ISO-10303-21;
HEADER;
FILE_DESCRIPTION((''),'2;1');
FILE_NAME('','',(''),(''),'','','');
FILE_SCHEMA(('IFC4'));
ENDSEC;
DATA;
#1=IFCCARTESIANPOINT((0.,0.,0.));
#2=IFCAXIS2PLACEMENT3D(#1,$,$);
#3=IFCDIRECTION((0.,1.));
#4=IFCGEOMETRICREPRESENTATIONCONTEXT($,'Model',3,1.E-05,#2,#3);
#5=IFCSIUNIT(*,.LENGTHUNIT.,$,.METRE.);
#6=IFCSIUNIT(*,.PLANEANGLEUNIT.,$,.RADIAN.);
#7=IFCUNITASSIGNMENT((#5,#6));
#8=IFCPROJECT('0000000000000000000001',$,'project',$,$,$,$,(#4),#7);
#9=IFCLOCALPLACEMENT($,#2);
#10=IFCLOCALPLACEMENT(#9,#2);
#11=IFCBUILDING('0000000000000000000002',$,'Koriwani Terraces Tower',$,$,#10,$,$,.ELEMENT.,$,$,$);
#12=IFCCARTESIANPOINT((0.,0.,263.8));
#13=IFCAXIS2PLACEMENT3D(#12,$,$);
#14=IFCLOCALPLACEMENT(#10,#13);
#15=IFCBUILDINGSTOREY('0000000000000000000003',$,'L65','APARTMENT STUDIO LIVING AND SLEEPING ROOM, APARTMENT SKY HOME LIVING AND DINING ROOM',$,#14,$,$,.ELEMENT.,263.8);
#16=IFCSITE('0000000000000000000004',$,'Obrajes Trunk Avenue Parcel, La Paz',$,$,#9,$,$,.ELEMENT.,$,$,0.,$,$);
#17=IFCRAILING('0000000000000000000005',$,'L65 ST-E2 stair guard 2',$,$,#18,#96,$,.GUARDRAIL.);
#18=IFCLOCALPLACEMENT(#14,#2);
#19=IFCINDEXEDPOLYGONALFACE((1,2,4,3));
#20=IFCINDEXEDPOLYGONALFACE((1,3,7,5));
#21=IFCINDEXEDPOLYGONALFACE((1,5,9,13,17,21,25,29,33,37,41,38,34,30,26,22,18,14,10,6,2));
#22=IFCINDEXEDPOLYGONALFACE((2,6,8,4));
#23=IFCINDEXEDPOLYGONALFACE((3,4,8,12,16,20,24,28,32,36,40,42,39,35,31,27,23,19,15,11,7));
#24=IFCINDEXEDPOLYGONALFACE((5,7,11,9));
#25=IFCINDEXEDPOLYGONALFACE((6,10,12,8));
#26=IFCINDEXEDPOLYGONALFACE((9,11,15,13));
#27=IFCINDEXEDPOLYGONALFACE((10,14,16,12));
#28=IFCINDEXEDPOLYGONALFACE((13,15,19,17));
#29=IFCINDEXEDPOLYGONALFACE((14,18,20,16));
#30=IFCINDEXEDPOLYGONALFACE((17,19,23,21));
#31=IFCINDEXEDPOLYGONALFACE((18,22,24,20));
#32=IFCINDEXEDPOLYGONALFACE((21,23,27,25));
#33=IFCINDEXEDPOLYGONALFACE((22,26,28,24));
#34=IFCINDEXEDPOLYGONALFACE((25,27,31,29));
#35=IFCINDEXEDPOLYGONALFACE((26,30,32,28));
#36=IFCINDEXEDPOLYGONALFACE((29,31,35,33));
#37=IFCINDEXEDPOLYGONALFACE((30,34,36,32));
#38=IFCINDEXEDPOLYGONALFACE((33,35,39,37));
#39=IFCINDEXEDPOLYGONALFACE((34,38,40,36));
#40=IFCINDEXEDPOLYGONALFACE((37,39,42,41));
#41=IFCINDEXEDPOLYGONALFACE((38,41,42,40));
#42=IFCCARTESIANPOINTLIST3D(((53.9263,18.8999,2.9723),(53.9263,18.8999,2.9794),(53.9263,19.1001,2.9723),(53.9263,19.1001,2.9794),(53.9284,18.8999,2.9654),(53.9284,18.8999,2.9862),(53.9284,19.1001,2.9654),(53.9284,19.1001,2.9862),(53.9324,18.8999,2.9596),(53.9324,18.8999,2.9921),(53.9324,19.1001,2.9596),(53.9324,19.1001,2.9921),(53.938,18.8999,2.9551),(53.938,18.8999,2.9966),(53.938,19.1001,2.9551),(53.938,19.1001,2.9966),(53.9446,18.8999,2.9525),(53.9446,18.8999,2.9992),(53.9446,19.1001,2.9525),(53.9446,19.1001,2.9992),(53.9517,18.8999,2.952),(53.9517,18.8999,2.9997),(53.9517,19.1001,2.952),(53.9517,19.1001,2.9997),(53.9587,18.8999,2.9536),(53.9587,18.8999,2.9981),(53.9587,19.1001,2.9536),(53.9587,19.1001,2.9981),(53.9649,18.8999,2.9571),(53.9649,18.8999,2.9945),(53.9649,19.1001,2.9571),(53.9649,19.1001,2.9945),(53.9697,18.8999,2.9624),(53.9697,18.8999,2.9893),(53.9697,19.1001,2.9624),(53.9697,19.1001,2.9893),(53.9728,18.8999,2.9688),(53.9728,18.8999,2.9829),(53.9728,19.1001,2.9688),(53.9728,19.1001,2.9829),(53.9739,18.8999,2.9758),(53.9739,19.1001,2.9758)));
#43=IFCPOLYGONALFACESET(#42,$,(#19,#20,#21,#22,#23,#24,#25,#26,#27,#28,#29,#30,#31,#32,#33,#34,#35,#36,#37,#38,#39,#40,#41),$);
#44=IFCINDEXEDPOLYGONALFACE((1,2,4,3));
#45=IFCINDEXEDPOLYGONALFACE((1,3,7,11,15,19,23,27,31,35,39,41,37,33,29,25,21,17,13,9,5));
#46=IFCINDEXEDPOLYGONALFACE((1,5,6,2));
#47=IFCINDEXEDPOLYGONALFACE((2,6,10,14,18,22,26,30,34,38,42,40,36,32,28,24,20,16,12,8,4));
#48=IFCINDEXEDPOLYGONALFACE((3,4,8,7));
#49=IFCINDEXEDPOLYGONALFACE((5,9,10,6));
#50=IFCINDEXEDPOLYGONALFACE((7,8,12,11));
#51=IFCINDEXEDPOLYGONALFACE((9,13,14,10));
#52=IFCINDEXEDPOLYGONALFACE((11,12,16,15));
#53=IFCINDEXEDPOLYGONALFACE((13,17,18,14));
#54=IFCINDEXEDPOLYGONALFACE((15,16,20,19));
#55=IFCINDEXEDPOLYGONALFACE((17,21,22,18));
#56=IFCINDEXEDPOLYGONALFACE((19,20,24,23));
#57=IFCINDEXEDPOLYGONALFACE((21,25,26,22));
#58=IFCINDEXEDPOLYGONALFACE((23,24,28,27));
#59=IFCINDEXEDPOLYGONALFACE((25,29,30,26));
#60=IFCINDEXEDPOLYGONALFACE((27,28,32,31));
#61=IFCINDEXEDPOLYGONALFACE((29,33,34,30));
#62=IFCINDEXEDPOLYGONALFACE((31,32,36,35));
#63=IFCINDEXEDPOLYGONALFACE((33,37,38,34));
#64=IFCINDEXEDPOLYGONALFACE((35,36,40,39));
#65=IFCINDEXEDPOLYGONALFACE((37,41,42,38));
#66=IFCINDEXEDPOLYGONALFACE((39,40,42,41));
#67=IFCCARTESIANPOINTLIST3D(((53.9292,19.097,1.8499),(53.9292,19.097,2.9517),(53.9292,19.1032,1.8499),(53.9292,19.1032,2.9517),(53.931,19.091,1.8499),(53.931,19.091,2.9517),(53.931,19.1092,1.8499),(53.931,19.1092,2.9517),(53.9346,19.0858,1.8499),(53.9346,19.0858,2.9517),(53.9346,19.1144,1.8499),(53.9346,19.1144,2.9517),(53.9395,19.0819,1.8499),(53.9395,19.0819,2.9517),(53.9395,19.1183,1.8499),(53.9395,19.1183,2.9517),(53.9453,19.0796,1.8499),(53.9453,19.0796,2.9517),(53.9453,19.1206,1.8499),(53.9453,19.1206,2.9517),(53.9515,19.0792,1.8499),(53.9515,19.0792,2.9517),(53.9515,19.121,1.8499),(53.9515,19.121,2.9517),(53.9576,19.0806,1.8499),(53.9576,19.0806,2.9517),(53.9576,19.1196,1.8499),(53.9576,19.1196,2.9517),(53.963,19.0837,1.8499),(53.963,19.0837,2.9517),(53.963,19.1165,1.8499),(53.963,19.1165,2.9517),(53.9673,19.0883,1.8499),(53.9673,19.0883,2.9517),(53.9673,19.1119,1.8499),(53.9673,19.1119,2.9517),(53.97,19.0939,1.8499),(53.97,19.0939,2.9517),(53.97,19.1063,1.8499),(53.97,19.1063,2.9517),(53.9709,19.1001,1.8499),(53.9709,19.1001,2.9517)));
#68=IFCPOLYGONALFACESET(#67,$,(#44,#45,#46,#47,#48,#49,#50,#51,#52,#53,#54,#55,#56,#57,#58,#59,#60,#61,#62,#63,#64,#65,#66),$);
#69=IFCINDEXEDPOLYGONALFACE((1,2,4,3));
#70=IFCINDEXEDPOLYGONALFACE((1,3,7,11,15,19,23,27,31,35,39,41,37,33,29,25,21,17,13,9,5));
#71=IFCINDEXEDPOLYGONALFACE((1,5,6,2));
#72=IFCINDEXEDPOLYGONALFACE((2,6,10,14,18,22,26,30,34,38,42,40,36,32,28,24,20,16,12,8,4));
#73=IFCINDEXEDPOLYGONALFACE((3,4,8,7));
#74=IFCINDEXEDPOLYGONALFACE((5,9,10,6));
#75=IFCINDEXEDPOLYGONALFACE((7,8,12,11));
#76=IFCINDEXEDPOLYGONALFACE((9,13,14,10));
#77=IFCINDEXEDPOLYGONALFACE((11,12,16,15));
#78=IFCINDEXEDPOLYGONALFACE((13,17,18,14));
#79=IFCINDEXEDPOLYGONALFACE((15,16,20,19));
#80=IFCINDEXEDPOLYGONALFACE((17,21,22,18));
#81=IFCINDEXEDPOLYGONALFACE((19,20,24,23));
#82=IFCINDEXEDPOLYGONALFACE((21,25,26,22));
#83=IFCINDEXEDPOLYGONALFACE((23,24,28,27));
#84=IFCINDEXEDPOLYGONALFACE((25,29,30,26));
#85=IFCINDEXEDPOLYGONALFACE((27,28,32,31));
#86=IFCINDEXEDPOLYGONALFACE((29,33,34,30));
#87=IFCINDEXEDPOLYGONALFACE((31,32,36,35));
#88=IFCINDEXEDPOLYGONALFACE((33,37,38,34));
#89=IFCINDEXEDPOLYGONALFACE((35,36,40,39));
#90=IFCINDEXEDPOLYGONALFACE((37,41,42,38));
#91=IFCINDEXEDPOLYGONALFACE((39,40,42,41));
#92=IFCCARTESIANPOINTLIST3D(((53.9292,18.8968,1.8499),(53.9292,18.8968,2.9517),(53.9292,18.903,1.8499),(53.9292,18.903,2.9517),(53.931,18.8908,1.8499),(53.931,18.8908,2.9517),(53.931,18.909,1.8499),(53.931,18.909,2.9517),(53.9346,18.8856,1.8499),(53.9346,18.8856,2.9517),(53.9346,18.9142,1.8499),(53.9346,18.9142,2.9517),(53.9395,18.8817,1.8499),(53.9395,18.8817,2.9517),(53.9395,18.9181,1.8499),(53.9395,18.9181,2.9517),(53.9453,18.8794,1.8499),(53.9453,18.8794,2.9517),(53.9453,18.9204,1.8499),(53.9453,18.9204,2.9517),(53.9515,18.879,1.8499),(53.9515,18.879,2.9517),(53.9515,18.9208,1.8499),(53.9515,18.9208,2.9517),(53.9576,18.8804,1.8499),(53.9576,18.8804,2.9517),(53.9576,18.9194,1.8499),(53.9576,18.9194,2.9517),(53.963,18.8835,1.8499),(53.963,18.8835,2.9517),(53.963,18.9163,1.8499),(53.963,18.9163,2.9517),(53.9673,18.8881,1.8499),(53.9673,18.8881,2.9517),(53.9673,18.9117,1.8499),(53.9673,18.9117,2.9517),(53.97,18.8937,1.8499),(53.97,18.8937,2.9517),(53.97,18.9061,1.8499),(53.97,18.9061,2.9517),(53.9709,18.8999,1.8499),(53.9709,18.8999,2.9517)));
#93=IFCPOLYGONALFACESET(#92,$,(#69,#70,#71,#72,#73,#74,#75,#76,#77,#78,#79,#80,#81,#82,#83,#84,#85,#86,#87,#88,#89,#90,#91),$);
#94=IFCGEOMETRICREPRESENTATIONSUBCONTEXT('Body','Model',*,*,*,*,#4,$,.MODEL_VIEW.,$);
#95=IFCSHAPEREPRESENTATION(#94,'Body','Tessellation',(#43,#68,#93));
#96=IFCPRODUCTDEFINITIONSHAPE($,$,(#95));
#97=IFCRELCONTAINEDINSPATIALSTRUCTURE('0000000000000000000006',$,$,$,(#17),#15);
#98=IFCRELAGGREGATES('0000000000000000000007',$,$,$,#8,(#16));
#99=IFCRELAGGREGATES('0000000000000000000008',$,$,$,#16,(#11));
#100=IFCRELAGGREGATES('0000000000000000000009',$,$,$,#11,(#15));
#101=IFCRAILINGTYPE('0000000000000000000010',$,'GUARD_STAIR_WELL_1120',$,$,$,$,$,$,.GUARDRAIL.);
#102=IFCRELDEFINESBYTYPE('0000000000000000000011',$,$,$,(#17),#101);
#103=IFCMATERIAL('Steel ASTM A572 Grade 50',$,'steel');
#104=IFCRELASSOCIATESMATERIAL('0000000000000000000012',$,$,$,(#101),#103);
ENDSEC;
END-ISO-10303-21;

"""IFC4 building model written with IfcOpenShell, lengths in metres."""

from ifc_helpers import new_model, si_unit, direction, frame, origin, origin_2d, place, context, subcontext, project, spatial, circle, extrude, material, type_object, element, save


model = new_model("IFC4")

# Units and contexts
model_context = context("Model", 3, precision=1e-05, world=origin(), true_north=direction((0.0, 1.0)))
body_context = subcontext(model_context, "Body", "Model", "MODEL_VIEW")
ifc_project = project(units=[si_unit("LENGTHUNIT", "METRE"), si_unit("PLANEANGLEUNIT", "RADIAN")], contexts=[model_context])

# Site, building, storey
site_placement = place(None, origin())
site = spatial("IfcSite", under=ifc_project, at=site_placement, Name="Obrajes Trunk Avenue Parcel, La Paz", CompositionType="ELEMENT", RefElevation=0.0)
building_placement = place(site_placement, origin())
building = spatial("IfcBuilding", under=site, at=building_placement, Name="Koriwani Terraces Tower", CompositionType="ELEMENT")
storey_placement = place(building_placement, frame((0.0, 0.0, 263.8)))
storey = spatial("IfcBuildingStorey", under=building, at=storey_placement, Name="L65", Description="APARTMENT STUDIO LIVING AND SLEEPING ROOM, APARTMENT SKY HOME LIVING AND DINING ROOM", CompositionType="ELEMENT", Elevation=263.8)

# Shared definitions
ifc_material_1 = material(Name="Steel ASTM A572 Grade 50", Category="steel")

# Railing
railing_type_1 = type_object("IfcRailingType", Name="GUARD_STAIR_WELL_1120", PredefinedType="GUARDRAIL", material=ifc_material_1)
railing_1_placement = place(storey_placement, frame((53.95, 19.1001, 1.8499)))
element("IfcRailing", 1, at=railing_1_placement, inside=storey, type_object=railing_type_1, Name="L65 ST-E2 stair guard 2", PredefinedType="GUARDRAIL", context=body_context, shape_type="SweptSolid", body=[
    extrude(circle(Radius=0.0239, at=origin_2d()), frame((0.0, 0.0, 1.126), z_axis=(0.0, -1.0, 0.0), x_axis=(1.0, 0.0, 0.0)), (0.0, 0.0, 1.0), 0.2002),
    extrude(circle(Radius=0.021, at=origin_2d()), origin(), (0.0, 0.0, 1.0), 1.1018),
    extrude(circle(Radius=0.021, at=origin_2d()), frame((0.0, -0.2002, 0.0)), (0.0, 0.0, 1.0), 1.1018),
])

save(model, "model.ifc")
